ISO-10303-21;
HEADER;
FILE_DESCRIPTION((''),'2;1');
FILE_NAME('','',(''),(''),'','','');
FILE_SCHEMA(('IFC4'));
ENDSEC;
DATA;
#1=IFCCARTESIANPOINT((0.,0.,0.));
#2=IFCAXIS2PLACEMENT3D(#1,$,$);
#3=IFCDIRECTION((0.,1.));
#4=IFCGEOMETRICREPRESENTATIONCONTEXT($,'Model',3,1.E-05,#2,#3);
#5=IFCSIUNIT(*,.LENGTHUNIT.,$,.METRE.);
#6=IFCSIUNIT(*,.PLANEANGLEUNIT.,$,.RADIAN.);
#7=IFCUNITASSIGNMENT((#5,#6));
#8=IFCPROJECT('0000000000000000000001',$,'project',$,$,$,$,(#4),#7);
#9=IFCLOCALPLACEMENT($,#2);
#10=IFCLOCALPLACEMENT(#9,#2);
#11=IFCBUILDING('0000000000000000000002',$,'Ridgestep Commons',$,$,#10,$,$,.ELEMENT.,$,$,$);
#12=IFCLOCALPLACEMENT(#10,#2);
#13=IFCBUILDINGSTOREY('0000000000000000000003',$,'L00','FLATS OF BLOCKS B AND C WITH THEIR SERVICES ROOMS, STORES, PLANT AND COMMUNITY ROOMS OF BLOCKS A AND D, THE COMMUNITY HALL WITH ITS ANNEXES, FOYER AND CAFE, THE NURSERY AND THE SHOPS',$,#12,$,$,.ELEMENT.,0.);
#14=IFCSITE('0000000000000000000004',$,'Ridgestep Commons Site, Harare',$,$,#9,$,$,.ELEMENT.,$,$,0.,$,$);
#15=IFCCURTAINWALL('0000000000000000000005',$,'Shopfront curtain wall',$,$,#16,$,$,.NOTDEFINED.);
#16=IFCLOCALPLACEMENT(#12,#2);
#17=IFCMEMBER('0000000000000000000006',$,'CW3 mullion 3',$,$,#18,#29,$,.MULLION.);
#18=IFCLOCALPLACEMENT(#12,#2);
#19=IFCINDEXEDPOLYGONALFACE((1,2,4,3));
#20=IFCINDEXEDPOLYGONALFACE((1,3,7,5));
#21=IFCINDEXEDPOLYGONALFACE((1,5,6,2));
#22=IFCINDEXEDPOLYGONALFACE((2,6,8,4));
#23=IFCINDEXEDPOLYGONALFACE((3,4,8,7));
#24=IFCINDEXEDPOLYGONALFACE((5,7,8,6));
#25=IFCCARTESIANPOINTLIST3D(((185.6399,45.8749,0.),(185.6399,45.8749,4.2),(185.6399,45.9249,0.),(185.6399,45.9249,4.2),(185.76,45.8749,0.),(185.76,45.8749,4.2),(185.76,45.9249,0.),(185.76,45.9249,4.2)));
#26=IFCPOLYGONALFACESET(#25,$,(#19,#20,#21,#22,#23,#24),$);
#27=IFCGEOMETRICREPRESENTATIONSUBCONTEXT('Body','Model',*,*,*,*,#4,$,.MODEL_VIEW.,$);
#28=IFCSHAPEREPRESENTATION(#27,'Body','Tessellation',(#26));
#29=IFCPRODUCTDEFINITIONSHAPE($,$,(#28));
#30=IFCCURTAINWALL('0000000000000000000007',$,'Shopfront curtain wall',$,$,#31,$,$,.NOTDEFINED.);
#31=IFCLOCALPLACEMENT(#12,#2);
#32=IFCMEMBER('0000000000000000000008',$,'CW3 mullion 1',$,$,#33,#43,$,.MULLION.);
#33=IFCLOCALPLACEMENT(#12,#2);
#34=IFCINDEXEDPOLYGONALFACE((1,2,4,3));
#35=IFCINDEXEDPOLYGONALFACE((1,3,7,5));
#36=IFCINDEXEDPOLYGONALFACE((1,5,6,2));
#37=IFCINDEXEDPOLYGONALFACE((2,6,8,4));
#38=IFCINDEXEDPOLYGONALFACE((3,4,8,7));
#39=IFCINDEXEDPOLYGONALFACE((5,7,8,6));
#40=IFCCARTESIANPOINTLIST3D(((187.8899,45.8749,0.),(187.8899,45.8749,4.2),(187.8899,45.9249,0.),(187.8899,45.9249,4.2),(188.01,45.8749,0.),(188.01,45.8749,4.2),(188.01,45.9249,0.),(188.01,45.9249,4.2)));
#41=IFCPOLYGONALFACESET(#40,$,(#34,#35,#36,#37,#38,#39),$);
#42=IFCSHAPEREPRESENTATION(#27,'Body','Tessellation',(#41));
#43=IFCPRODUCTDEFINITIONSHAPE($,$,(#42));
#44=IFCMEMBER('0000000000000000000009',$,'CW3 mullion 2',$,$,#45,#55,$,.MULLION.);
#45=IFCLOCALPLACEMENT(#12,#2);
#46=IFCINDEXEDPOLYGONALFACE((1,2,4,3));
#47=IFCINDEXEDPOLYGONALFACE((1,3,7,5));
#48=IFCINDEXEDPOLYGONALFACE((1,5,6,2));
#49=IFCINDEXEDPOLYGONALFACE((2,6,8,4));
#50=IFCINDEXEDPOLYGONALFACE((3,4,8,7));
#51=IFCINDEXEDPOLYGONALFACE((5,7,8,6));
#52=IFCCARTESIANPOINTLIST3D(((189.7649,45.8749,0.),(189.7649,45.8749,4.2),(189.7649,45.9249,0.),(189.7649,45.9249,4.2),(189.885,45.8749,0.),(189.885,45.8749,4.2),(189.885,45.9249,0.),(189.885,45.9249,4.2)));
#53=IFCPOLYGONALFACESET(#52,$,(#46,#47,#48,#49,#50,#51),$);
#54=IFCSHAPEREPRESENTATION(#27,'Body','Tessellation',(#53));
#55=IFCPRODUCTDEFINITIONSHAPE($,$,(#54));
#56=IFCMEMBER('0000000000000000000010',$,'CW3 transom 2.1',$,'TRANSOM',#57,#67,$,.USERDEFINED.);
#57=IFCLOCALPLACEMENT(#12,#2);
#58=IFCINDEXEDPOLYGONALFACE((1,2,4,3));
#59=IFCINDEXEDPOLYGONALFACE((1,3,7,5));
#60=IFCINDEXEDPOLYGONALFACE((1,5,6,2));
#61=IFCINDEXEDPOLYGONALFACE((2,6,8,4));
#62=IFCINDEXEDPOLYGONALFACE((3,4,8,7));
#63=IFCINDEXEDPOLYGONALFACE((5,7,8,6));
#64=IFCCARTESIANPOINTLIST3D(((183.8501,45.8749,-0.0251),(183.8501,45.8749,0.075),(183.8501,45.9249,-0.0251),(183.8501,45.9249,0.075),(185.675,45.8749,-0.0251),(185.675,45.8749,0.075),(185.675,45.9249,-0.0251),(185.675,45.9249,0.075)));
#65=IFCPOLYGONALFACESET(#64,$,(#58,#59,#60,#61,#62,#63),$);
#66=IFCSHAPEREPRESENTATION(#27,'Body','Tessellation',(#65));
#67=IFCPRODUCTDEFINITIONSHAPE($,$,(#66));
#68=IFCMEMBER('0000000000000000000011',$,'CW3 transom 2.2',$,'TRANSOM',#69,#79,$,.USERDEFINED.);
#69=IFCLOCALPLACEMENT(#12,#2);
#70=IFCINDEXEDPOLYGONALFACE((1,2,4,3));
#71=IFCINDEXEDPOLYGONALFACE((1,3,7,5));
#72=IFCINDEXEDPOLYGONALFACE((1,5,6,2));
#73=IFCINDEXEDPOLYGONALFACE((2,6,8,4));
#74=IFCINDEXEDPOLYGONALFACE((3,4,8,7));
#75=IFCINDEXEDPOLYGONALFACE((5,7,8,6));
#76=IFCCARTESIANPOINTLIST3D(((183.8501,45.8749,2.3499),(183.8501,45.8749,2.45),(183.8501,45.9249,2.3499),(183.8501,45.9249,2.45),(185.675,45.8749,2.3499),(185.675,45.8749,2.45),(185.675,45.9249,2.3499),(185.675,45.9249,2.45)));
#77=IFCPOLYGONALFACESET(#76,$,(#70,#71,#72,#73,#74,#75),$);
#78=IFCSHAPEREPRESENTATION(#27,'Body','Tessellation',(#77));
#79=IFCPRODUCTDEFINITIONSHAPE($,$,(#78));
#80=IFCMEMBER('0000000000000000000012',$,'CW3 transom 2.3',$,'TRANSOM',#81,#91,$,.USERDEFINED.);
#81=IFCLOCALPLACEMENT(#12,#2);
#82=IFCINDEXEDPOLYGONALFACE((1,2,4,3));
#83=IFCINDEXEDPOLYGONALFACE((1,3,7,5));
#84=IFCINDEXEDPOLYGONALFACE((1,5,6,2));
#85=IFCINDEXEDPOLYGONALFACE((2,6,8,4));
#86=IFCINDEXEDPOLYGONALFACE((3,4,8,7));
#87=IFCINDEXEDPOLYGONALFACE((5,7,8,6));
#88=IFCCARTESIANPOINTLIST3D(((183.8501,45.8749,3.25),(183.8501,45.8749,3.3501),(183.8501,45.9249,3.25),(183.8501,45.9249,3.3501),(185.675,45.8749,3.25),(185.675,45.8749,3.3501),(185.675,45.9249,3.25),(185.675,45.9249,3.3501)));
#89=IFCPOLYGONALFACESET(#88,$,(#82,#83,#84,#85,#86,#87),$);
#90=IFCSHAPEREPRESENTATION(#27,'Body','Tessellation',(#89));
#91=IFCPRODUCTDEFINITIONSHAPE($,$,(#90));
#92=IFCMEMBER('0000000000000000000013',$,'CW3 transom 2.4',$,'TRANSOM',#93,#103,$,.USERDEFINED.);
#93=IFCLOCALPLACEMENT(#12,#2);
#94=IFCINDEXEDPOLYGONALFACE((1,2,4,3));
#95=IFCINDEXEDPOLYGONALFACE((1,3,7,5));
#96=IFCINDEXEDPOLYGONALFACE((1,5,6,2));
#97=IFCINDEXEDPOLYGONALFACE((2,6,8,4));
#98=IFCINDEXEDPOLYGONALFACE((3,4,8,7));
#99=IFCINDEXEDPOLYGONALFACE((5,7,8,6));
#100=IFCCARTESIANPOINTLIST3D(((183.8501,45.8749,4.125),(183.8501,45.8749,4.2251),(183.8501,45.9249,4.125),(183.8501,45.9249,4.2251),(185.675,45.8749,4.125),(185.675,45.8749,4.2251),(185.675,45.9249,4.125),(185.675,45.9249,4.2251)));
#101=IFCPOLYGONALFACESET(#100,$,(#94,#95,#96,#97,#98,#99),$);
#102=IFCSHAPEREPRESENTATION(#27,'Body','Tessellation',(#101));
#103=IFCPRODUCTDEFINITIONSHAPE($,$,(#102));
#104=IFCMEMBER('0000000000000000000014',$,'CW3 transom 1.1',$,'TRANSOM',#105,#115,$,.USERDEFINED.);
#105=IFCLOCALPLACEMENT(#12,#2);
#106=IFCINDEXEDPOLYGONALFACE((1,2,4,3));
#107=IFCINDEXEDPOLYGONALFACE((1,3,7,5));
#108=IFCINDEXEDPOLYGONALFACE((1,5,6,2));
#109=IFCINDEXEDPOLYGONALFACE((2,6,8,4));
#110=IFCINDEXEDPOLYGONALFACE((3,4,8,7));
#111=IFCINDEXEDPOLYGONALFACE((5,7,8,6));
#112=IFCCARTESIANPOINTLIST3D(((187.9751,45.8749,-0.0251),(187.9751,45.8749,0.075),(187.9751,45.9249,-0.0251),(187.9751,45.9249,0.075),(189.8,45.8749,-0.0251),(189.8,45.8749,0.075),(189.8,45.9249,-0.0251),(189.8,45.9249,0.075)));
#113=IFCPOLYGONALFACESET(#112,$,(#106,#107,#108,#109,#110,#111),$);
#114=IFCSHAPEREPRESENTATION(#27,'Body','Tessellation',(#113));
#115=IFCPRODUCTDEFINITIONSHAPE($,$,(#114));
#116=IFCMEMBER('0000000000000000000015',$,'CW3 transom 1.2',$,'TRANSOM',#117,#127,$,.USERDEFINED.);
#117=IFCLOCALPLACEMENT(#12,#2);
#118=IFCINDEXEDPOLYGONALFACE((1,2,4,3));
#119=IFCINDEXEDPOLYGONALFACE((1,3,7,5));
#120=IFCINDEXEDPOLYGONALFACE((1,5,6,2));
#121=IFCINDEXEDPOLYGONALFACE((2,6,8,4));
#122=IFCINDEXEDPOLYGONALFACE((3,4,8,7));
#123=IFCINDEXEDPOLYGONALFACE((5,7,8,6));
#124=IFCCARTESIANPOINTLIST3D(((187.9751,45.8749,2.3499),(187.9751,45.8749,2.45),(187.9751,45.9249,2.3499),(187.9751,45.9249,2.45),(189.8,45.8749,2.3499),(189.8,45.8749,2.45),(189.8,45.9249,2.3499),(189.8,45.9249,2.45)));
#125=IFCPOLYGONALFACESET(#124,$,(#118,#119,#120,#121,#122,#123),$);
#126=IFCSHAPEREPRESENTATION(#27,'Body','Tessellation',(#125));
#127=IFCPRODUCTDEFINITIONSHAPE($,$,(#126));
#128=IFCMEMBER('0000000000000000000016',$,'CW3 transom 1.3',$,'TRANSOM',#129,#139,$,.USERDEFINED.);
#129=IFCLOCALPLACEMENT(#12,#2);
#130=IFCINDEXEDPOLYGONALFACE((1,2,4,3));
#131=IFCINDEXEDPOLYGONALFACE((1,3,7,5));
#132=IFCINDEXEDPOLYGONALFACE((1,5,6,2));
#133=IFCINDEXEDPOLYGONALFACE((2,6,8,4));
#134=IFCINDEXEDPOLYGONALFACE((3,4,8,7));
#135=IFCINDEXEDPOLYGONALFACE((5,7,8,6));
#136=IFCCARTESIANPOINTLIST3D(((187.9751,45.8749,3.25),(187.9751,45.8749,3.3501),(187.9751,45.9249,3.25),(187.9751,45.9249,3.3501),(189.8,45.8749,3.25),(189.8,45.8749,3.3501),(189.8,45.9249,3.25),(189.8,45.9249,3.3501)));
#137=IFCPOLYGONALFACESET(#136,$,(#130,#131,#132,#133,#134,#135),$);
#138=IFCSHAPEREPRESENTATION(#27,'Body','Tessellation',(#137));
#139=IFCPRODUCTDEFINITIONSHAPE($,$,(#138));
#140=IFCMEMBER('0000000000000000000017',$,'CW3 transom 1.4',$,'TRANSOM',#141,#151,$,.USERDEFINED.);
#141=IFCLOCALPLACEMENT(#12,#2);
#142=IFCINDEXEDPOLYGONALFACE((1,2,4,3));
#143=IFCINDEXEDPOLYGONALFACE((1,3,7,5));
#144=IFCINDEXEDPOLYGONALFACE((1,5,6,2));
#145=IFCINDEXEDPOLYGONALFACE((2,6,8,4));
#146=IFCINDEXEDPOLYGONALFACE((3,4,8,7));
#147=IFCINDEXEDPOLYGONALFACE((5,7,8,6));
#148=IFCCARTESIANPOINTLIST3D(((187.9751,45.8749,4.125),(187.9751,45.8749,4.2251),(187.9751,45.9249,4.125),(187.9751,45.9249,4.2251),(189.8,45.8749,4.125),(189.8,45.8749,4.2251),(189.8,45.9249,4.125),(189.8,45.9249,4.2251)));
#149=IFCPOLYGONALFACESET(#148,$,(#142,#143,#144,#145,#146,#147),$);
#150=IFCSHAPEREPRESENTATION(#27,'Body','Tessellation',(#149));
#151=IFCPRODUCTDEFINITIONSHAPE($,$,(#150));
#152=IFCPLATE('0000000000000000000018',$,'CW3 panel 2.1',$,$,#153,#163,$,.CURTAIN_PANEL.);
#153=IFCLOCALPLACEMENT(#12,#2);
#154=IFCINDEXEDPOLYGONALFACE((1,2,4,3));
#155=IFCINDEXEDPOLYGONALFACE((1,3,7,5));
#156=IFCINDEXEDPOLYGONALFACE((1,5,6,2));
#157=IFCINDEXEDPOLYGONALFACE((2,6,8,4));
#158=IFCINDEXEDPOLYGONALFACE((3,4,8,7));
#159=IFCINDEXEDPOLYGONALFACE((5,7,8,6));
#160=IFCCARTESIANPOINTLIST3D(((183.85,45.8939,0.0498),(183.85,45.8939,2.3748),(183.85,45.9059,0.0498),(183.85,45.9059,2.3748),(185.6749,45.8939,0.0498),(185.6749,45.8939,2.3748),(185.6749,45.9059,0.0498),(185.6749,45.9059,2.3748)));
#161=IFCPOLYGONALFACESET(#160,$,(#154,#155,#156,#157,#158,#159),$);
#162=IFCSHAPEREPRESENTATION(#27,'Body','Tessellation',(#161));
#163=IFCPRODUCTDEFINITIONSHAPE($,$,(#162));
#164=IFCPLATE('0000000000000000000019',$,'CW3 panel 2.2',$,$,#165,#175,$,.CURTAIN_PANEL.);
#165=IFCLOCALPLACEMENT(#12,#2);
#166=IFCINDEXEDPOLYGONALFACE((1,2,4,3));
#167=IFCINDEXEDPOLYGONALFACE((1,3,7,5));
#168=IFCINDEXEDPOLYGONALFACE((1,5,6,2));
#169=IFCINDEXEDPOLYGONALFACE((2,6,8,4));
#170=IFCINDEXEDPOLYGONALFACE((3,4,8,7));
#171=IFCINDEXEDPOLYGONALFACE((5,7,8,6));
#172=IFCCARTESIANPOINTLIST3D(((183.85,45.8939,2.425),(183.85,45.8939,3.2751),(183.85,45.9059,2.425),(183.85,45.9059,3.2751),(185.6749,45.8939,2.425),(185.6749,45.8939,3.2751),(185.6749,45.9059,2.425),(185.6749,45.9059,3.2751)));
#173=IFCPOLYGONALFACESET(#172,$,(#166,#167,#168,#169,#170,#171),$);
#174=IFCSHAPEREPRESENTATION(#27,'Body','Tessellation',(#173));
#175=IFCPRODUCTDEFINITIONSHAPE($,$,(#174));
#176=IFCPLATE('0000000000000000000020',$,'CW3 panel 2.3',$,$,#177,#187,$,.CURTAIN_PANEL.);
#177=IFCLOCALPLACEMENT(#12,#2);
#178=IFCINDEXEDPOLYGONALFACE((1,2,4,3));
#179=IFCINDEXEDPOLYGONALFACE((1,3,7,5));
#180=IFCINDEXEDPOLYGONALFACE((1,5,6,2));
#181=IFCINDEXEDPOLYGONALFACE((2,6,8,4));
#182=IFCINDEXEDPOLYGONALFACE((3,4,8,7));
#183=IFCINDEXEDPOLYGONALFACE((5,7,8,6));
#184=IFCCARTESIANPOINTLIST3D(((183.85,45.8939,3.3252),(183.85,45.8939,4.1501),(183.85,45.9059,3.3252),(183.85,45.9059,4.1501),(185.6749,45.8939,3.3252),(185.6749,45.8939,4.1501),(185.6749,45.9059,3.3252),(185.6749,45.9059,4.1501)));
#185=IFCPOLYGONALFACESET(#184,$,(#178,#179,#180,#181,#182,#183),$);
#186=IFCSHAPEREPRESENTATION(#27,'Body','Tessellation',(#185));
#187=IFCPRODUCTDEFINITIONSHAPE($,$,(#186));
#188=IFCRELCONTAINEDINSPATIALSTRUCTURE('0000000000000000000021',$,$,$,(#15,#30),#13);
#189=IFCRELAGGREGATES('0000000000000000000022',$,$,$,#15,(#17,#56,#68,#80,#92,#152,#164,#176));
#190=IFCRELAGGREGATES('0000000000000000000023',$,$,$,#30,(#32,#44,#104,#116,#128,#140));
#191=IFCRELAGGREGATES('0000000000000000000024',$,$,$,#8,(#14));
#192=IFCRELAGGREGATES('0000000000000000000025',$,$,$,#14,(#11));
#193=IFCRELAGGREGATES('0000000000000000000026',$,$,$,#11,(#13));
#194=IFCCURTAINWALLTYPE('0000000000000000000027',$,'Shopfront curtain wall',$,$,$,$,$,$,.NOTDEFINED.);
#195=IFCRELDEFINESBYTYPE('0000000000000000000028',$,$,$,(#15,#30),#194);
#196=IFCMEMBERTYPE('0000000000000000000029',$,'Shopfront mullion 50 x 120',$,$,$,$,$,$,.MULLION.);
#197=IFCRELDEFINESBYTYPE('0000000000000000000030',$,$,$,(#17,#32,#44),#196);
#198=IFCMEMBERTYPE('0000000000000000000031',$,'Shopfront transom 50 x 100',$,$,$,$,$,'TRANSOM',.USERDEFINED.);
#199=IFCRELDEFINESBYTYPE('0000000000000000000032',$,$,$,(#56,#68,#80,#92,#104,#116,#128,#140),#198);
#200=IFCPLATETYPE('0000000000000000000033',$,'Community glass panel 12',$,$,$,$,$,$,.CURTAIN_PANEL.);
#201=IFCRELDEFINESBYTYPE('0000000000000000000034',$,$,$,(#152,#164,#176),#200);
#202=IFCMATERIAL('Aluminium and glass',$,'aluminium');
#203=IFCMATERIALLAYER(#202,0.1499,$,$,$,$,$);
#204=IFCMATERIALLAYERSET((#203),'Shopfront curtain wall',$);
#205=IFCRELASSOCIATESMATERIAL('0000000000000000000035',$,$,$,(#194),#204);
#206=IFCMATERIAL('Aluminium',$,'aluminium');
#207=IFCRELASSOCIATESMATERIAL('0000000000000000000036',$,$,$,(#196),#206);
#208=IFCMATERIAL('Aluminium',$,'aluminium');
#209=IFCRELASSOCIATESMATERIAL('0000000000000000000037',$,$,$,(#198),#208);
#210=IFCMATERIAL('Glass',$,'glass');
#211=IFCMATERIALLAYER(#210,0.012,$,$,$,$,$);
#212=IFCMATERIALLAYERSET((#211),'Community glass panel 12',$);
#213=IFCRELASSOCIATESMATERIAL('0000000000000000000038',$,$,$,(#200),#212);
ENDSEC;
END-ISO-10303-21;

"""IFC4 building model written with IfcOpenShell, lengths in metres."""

from ifc_helpers import new_model, si_unit, direction, frame, origin, origin_2d, place, context, subcontext, project, spatial, rectangle, extrude, material, layer, layer_set, material_profile, profile_set, type_object, element, aggregate, save


model = new_model("IFC4")

# Units and contexts
model_context = context("Model", 3, precision=1e-05, world=origin(), true_north=direction((0.0, 1.0)))
body_context = subcontext(model_context, "Body", "Model", "MODEL_VIEW")
ifc_project = project(units=[si_unit("LENGTHUNIT", "METRE"), si_unit("PLANEANGLEUNIT", "RADIAN")], contexts=[model_context])

# Site, building, storey
site_placement = place(None, origin())
site = spatial("IfcSite", under=ifc_project, at=site_placement, Name="Ridgestep Commons Site, Harare", CompositionType="ELEMENT", RefElevation=0.0)
building_placement = place(site_placement, origin())
building = spatial("IfcBuilding", under=site, at=building_placement, Name="Ridgestep Commons", CompositionType="ELEMENT")
storey_placement = place(building_placement, origin())
storey = spatial("IfcBuildingStorey", under=building, at=storey_placement, Name="L00", Description="FLATS OF BLOCKS B AND C WITH THEIR SERVICES ROOMS, STORES, PLANT AND COMMUNITY ROOMS OF BLOCKS A AND D, THE COMMUNITY HALL WITH ITS ANNEXES, FOYER AND CAFE, THE NURSERY AND THE SHOPS", CompositionType="ELEMENT", Elevation=0.0)

# Curtain wall, member
ifc_material_1 = material(Name="Aluminium and glass", Category="aluminium")
ifc_layer_1 = layer(ifc_material_1, 0.1499)
ifc_layer_set_1 = layer_set([ifc_layer_1], Name="Shopfront curtain wall")
curtain_wall_type = type_object("IfcCurtainWallType", Name="Shopfront curtain wall", PredefinedType="NOTDEFINED", material=ifc_layer_set_1)
curtain_wall_1_placement = place(storey_placement, origin())
curtain_wall_1 = element("IfcCurtainWall", 1, at=curtain_wall_1_placement, inside=storey, type_object=curtain_wall_type, Name="Shopfront curtain wall", PredefinedType="NOTDEFINED")
ifc_material_2 = material(Name="Aluminium", Category="aluminium")
ifc_material_profile_1 = material_profile(ifc_material_2, rectangle(XDim=0.05, YDim=0.1201, at=origin_2d()), Name="Shopfront mullion 50 x 120")
ifc_profile_set_1 = profile_set([ifc_material_profile_1], Name="Aluminium")
member_type_1 = type_object("IfcMemberType", Name="Shopfront mullion 50 x 120", PredefinedType="MULLION", material=ifc_profile_set_1)
member_1_placement = place(storey_placement, frame((185.7, 45.8999, 0.0), z_axis=(0.0, 0.0, 1.0), x_axis=(0.0, 1.0, 0.0)))
member_1 = element("IfcMember", 2, at=member_1_placement, type_object=member_type_1, Name="CW3 mullion 3", PredefinedType="MULLION", context=body_context, shape_type="SweptSolid", body=[
    extrude(rectangle(XDim=0.05, YDim=0.1201, at=origin_2d()), origin(), (0.0, 0.0, 1.0), 4.2),
])

# Curtain wall, members
curtain_wall_2_placement = place(storey_placement, origin())
curtain_wall_2 = element("IfcCurtainWall", 3, at=curtain_wall_2_placement, inside=storey, type_object=curtain_wall_type, Name="Shopfront curtain wall", PredefinedType="NOTDEFINED")
member_2_placement = place(storey_placement, frame((187.95, 45.8999, 0.0), z_axis=(0.0, 0.0, 1.0), x_axis=(0.0, 1.0, 0.0)))
member_2 = element("IfcMember", 4, at=member_2_placement, type_object=member_type_1, Name="CW3 mullion 1", PredefinedType="MULLION", context=body_context, shape_type="SweptSolid", body=[
    extrude(rectangle(XDim=0.05, YDim=0.1201, at=origin_2d()), origin(), (0.0, 0.0, 1.0), 4.2),
])
member_3_placement = place(storey_placement, frame((189.825, 45.8999, 0.0), z_axis=(0.0, 0.0, 1.0), x_axis=(0.0, 1.0, 0.0)))
member_3 = element("IfcMember", 5, at=member_3_placement, type_object=member_type_1, Name="CW3 mullion 2", PredefinedType="MULLION", context=body_context, shape_type="SweptSolid", body=[
    extrude(rectangle(XDim=0.05, YDim=0.1201, at=origin_2d()), origin(), (0.0, 0.0, 1.0), 4.2),
])

# Members
ifc_material_3 = material(Name="Aluminium", Category="aluminium")
ifc_material_profile_2 = material_profile(ifc_material_3, rectangle(XDim=0.05, YDim=0.1001, at=origin_2d()), Name="Shopfront transom 50 x 100")
ifc_profile_set_2 = profile_set([ifc_material_profile_2], Name="Aluminium")
member_type_2 = type_object("IfcMemberType", Name="Shopfront transom 50 x 100", ElementType="TRANSOM", PredefinedType="USERDEFINED", material=ifc_profile_set_2)
member_4_placement = place(storey_placement, frame((183.8501, 45.8999, 0.0249), z_axis=(1.0, 0.0, 0.0), x_axis=(0.0, 1.0, 0.0)))
member_4 = element("IfcMember", 6, at=member_4_placement, type_object=member_type_2, Name="CW3 transom 2.1", ObjectType="TRANSOM", PredefinedType="USERDEFINED", context=body_context, shape_type="SweptSolid", body=[
    extrude(rectangle(XDim=0.05, YDim=0.1001, at=origin_2d()), origin(), (0.0, 0.0, 1.0), 1.825),
])
member_5_placement = place(storey_placement, frame((183.8501, 45.8999, 2.3999), z_axis=(1.0, 0.0, 0.0), x_axis=(0.0, 1.0, 0.0)))
member_5 = element("IfcMember", 7, at=member_5_placement, type_object=member_type_2, Name="CW3 transom 2.2", ObjectType="TRANSOM", PredefinedType="USERDEFINED", context=body_context, shape_type="SweptSolid", body=[
    extrude(rectangle(XDim=0.05, YDim=0.1001, at=origin_2d()), origin(), (0.0, 0.0, 1.0), 1.825),
])
member_6_placement = place(storey_placement, frame((183.8501, 45.8999, 3.3), z_axis=(1.0, 0.0, 0.0), x_axis=(0.0, 1.0, 0.0)))
member_6 = element("IfcMember", 8, at=member_6_placement, type_object=member_type_2, Name="CW3 transom 2.3", ObjectType="TRANSOM", PredefinedType="USERDEFINED", context=body_context, shape_type="SweptSolid", body=[
    extrude(rectangle(XDim=0.05, YDim=0.1001, at=origin_2d()), origin(), (0.0, 0.0, 1.0), 1.825),
])
member_7_placement = place(storey_placement, frame((183.8501, 45.8999, 4.175), z_axis=(1.0, 0.0, 0.0), x_axis=(0.0, 1.0, 0.0)))
member_7 = element("IfcMember", 9, at=member_7_placement, type_object=member_type_2, Name="CW3 transom 2.4", ObjectType="TRANSOM", PredefinedType="USERDEFINED", context=body_context, shape_type="SweptSolid", body=[
    extrude(rectangle(XDim=0.05, YDim=0.1001, at=origin_2d()), origin(), (0.0, 0.0, 1.0), 1.825),
])
member_8_placement = place(storey_placement, frame((187.9751, 45.8999, 0.0249), z_axis=(1.0, 0.0, 0.0), x_axis=(0.0, 1.0, 0.0)))
member_8 = element("IfcMember", 10, at=member_8_placement, type_object=member_type_2, Name="CW3 transom 1.1", ObjectType="TRANSOM", PredefinedType="USERDEFINED", context=body_context, shape_type="SweptSolid", body=[
    extrude(rectangle(XDim=0.05, YDim=0.1001, at=origin_2d()), origin(), (0.0, 0.0, 1.0), 1.825),
])
member_9_placement = place(storey_placement, frame((187.9751, 45.8999, 2.3999), z_axis=(1.0, 0.0, 0.0), x_axis=(0.0, 1.0, 0.0)))
member_9 = element("IfcMember", 11, at=member_9_placement, type_object=member_type_2, Name="CW3 transom 1.2", ObjectType="TRANSOM", PredefinedType="USERDEFINED", context=body_context, shape_type="SweptSolid", body=[
    extrude(rectangle(XDim=0.05, YDim=0.1001, at=origin_2d()), origin(), (0.0, 0.0, 1.0), 1.825),
])
member_10_placement = place(storey_placement, frame((187.9751, 45.8999, 3.3), z_axis=(1.0, 0.0, 0.0), x_axis=(0.0, 1.0, 0.0)))
member_10 = element("IfcMember", 12, at=member_10_placement, type_object=member_type_2, Name="CW3 transom 1.3", ObjectType="TRANSOM", PredefinedType="USERDEFINED", context=body_context, shape_type="SweptSolid", body=[
    extrude(rectangle(XDim=0.05, YDim=0.1001, at=origin_2d()), origin(), (0.0, 0.0, 1.0), 1.825),
])
member_11_placement = place(storey_placement, frame((187.9751, 45.8999, 4.175), z_axis=(1.0, 0.0, 0.0), x_axis=(0.0, 1.0, 0.0)))
member_11 = element("IfcMember", 13, at=member_11_placement, type_object=member_type_2, Name="CW3 transom 1.4", ObjectType="TRANSOM", PredefinedType="USERDEFINED", context=body_context, shape_type="SweptSolid", body=[
    extrude(rectangle(XDim=0.05, YDim=0.1001, at=origin_2d()), origin(), (0.0, 0.0, 1.0), 1.825),
])

# Plates
ifc_material_4 = material(Name="Glass", Category="glass")
ifc_layer_2 = layer(ifc_material_4, 0.012)
ifc_layer_set_2 = layer_set([ifc_layer_2], Name="Community glass panel 12")
plate_type = type_object("IfcPlateType", Name="Community glass panel 12", PredefinedType="CURTAIN_PANEL", material=ifc_layer_set_2)
plate_1_placement = place(storey_placement, frame((184.7625, 45.8999, 0.0498), z_axis=(0.0, 0.0, 1.0), x_axis=(1.0, 0.0, 0.0)))
plate_1 = element("IfcPlate", 14, at=plate_1_placement, type_object=plate_type, Name="CW3 panel 2.1", PredefinedType="CURTAIN_PANEL", context=body_context, shape_type="SweptSolid", body=[
    extrude(rectangle(XDim=1.825, YDim=0.012, at=origin_2d()), origin(), (0.0, 0.0, 1.0), 2.325),
])
plate_2_placement = place(storey_placement, frame((184.7625, 45.8999, 2.425), z_axis=(0.0, 0.0, 1.0), x_axis=(1.0, 0.0, 0.0)))
plate_2 = element("IfcPlate", 15, at=plate_2_placement, type_object=plate_type, Name="CW3 panel 2.2", PredefinedType="CURTAIN_PANEL", context=body_context, shape_type="SweptSolid", body=[
    extrude(rectangle(XDim=1.825, YDim=0.012, at=origin_2d()), origin(), (0.0, 0.0, 1.0), 0.8501),
])
plate_3_placement = place(storey_placement, frame((184.7625, 45.8999, 3.3252), z_axis=(0.0, 0.0, 1.0), x_axis=(1.0, 0.0, 0.0)))
plate_3 = element("IfcPlate", 16, at=plate_3_placement, type_object=plate_type, Name="CW3 panel 2.3", PredefinedType="CURTAIN_PANEL", context=body_context, shape_type="SweptSolid", body=[
    extrude(rectangle(XDim=1.825, YDim=0.012, at=origin_2d()), origin(), (0.0, 0.0, 1.0), 0.825),
])
aggregate(curtain_wall_1, [member_1, member_4, member_5, member_6, member_7, plate_1, plate_2, plate_3])
aggregate(curtain_wall_2, [member_2, member_3, member_8, member_9, member_10, member_11])

save(model, "model.ifc")
